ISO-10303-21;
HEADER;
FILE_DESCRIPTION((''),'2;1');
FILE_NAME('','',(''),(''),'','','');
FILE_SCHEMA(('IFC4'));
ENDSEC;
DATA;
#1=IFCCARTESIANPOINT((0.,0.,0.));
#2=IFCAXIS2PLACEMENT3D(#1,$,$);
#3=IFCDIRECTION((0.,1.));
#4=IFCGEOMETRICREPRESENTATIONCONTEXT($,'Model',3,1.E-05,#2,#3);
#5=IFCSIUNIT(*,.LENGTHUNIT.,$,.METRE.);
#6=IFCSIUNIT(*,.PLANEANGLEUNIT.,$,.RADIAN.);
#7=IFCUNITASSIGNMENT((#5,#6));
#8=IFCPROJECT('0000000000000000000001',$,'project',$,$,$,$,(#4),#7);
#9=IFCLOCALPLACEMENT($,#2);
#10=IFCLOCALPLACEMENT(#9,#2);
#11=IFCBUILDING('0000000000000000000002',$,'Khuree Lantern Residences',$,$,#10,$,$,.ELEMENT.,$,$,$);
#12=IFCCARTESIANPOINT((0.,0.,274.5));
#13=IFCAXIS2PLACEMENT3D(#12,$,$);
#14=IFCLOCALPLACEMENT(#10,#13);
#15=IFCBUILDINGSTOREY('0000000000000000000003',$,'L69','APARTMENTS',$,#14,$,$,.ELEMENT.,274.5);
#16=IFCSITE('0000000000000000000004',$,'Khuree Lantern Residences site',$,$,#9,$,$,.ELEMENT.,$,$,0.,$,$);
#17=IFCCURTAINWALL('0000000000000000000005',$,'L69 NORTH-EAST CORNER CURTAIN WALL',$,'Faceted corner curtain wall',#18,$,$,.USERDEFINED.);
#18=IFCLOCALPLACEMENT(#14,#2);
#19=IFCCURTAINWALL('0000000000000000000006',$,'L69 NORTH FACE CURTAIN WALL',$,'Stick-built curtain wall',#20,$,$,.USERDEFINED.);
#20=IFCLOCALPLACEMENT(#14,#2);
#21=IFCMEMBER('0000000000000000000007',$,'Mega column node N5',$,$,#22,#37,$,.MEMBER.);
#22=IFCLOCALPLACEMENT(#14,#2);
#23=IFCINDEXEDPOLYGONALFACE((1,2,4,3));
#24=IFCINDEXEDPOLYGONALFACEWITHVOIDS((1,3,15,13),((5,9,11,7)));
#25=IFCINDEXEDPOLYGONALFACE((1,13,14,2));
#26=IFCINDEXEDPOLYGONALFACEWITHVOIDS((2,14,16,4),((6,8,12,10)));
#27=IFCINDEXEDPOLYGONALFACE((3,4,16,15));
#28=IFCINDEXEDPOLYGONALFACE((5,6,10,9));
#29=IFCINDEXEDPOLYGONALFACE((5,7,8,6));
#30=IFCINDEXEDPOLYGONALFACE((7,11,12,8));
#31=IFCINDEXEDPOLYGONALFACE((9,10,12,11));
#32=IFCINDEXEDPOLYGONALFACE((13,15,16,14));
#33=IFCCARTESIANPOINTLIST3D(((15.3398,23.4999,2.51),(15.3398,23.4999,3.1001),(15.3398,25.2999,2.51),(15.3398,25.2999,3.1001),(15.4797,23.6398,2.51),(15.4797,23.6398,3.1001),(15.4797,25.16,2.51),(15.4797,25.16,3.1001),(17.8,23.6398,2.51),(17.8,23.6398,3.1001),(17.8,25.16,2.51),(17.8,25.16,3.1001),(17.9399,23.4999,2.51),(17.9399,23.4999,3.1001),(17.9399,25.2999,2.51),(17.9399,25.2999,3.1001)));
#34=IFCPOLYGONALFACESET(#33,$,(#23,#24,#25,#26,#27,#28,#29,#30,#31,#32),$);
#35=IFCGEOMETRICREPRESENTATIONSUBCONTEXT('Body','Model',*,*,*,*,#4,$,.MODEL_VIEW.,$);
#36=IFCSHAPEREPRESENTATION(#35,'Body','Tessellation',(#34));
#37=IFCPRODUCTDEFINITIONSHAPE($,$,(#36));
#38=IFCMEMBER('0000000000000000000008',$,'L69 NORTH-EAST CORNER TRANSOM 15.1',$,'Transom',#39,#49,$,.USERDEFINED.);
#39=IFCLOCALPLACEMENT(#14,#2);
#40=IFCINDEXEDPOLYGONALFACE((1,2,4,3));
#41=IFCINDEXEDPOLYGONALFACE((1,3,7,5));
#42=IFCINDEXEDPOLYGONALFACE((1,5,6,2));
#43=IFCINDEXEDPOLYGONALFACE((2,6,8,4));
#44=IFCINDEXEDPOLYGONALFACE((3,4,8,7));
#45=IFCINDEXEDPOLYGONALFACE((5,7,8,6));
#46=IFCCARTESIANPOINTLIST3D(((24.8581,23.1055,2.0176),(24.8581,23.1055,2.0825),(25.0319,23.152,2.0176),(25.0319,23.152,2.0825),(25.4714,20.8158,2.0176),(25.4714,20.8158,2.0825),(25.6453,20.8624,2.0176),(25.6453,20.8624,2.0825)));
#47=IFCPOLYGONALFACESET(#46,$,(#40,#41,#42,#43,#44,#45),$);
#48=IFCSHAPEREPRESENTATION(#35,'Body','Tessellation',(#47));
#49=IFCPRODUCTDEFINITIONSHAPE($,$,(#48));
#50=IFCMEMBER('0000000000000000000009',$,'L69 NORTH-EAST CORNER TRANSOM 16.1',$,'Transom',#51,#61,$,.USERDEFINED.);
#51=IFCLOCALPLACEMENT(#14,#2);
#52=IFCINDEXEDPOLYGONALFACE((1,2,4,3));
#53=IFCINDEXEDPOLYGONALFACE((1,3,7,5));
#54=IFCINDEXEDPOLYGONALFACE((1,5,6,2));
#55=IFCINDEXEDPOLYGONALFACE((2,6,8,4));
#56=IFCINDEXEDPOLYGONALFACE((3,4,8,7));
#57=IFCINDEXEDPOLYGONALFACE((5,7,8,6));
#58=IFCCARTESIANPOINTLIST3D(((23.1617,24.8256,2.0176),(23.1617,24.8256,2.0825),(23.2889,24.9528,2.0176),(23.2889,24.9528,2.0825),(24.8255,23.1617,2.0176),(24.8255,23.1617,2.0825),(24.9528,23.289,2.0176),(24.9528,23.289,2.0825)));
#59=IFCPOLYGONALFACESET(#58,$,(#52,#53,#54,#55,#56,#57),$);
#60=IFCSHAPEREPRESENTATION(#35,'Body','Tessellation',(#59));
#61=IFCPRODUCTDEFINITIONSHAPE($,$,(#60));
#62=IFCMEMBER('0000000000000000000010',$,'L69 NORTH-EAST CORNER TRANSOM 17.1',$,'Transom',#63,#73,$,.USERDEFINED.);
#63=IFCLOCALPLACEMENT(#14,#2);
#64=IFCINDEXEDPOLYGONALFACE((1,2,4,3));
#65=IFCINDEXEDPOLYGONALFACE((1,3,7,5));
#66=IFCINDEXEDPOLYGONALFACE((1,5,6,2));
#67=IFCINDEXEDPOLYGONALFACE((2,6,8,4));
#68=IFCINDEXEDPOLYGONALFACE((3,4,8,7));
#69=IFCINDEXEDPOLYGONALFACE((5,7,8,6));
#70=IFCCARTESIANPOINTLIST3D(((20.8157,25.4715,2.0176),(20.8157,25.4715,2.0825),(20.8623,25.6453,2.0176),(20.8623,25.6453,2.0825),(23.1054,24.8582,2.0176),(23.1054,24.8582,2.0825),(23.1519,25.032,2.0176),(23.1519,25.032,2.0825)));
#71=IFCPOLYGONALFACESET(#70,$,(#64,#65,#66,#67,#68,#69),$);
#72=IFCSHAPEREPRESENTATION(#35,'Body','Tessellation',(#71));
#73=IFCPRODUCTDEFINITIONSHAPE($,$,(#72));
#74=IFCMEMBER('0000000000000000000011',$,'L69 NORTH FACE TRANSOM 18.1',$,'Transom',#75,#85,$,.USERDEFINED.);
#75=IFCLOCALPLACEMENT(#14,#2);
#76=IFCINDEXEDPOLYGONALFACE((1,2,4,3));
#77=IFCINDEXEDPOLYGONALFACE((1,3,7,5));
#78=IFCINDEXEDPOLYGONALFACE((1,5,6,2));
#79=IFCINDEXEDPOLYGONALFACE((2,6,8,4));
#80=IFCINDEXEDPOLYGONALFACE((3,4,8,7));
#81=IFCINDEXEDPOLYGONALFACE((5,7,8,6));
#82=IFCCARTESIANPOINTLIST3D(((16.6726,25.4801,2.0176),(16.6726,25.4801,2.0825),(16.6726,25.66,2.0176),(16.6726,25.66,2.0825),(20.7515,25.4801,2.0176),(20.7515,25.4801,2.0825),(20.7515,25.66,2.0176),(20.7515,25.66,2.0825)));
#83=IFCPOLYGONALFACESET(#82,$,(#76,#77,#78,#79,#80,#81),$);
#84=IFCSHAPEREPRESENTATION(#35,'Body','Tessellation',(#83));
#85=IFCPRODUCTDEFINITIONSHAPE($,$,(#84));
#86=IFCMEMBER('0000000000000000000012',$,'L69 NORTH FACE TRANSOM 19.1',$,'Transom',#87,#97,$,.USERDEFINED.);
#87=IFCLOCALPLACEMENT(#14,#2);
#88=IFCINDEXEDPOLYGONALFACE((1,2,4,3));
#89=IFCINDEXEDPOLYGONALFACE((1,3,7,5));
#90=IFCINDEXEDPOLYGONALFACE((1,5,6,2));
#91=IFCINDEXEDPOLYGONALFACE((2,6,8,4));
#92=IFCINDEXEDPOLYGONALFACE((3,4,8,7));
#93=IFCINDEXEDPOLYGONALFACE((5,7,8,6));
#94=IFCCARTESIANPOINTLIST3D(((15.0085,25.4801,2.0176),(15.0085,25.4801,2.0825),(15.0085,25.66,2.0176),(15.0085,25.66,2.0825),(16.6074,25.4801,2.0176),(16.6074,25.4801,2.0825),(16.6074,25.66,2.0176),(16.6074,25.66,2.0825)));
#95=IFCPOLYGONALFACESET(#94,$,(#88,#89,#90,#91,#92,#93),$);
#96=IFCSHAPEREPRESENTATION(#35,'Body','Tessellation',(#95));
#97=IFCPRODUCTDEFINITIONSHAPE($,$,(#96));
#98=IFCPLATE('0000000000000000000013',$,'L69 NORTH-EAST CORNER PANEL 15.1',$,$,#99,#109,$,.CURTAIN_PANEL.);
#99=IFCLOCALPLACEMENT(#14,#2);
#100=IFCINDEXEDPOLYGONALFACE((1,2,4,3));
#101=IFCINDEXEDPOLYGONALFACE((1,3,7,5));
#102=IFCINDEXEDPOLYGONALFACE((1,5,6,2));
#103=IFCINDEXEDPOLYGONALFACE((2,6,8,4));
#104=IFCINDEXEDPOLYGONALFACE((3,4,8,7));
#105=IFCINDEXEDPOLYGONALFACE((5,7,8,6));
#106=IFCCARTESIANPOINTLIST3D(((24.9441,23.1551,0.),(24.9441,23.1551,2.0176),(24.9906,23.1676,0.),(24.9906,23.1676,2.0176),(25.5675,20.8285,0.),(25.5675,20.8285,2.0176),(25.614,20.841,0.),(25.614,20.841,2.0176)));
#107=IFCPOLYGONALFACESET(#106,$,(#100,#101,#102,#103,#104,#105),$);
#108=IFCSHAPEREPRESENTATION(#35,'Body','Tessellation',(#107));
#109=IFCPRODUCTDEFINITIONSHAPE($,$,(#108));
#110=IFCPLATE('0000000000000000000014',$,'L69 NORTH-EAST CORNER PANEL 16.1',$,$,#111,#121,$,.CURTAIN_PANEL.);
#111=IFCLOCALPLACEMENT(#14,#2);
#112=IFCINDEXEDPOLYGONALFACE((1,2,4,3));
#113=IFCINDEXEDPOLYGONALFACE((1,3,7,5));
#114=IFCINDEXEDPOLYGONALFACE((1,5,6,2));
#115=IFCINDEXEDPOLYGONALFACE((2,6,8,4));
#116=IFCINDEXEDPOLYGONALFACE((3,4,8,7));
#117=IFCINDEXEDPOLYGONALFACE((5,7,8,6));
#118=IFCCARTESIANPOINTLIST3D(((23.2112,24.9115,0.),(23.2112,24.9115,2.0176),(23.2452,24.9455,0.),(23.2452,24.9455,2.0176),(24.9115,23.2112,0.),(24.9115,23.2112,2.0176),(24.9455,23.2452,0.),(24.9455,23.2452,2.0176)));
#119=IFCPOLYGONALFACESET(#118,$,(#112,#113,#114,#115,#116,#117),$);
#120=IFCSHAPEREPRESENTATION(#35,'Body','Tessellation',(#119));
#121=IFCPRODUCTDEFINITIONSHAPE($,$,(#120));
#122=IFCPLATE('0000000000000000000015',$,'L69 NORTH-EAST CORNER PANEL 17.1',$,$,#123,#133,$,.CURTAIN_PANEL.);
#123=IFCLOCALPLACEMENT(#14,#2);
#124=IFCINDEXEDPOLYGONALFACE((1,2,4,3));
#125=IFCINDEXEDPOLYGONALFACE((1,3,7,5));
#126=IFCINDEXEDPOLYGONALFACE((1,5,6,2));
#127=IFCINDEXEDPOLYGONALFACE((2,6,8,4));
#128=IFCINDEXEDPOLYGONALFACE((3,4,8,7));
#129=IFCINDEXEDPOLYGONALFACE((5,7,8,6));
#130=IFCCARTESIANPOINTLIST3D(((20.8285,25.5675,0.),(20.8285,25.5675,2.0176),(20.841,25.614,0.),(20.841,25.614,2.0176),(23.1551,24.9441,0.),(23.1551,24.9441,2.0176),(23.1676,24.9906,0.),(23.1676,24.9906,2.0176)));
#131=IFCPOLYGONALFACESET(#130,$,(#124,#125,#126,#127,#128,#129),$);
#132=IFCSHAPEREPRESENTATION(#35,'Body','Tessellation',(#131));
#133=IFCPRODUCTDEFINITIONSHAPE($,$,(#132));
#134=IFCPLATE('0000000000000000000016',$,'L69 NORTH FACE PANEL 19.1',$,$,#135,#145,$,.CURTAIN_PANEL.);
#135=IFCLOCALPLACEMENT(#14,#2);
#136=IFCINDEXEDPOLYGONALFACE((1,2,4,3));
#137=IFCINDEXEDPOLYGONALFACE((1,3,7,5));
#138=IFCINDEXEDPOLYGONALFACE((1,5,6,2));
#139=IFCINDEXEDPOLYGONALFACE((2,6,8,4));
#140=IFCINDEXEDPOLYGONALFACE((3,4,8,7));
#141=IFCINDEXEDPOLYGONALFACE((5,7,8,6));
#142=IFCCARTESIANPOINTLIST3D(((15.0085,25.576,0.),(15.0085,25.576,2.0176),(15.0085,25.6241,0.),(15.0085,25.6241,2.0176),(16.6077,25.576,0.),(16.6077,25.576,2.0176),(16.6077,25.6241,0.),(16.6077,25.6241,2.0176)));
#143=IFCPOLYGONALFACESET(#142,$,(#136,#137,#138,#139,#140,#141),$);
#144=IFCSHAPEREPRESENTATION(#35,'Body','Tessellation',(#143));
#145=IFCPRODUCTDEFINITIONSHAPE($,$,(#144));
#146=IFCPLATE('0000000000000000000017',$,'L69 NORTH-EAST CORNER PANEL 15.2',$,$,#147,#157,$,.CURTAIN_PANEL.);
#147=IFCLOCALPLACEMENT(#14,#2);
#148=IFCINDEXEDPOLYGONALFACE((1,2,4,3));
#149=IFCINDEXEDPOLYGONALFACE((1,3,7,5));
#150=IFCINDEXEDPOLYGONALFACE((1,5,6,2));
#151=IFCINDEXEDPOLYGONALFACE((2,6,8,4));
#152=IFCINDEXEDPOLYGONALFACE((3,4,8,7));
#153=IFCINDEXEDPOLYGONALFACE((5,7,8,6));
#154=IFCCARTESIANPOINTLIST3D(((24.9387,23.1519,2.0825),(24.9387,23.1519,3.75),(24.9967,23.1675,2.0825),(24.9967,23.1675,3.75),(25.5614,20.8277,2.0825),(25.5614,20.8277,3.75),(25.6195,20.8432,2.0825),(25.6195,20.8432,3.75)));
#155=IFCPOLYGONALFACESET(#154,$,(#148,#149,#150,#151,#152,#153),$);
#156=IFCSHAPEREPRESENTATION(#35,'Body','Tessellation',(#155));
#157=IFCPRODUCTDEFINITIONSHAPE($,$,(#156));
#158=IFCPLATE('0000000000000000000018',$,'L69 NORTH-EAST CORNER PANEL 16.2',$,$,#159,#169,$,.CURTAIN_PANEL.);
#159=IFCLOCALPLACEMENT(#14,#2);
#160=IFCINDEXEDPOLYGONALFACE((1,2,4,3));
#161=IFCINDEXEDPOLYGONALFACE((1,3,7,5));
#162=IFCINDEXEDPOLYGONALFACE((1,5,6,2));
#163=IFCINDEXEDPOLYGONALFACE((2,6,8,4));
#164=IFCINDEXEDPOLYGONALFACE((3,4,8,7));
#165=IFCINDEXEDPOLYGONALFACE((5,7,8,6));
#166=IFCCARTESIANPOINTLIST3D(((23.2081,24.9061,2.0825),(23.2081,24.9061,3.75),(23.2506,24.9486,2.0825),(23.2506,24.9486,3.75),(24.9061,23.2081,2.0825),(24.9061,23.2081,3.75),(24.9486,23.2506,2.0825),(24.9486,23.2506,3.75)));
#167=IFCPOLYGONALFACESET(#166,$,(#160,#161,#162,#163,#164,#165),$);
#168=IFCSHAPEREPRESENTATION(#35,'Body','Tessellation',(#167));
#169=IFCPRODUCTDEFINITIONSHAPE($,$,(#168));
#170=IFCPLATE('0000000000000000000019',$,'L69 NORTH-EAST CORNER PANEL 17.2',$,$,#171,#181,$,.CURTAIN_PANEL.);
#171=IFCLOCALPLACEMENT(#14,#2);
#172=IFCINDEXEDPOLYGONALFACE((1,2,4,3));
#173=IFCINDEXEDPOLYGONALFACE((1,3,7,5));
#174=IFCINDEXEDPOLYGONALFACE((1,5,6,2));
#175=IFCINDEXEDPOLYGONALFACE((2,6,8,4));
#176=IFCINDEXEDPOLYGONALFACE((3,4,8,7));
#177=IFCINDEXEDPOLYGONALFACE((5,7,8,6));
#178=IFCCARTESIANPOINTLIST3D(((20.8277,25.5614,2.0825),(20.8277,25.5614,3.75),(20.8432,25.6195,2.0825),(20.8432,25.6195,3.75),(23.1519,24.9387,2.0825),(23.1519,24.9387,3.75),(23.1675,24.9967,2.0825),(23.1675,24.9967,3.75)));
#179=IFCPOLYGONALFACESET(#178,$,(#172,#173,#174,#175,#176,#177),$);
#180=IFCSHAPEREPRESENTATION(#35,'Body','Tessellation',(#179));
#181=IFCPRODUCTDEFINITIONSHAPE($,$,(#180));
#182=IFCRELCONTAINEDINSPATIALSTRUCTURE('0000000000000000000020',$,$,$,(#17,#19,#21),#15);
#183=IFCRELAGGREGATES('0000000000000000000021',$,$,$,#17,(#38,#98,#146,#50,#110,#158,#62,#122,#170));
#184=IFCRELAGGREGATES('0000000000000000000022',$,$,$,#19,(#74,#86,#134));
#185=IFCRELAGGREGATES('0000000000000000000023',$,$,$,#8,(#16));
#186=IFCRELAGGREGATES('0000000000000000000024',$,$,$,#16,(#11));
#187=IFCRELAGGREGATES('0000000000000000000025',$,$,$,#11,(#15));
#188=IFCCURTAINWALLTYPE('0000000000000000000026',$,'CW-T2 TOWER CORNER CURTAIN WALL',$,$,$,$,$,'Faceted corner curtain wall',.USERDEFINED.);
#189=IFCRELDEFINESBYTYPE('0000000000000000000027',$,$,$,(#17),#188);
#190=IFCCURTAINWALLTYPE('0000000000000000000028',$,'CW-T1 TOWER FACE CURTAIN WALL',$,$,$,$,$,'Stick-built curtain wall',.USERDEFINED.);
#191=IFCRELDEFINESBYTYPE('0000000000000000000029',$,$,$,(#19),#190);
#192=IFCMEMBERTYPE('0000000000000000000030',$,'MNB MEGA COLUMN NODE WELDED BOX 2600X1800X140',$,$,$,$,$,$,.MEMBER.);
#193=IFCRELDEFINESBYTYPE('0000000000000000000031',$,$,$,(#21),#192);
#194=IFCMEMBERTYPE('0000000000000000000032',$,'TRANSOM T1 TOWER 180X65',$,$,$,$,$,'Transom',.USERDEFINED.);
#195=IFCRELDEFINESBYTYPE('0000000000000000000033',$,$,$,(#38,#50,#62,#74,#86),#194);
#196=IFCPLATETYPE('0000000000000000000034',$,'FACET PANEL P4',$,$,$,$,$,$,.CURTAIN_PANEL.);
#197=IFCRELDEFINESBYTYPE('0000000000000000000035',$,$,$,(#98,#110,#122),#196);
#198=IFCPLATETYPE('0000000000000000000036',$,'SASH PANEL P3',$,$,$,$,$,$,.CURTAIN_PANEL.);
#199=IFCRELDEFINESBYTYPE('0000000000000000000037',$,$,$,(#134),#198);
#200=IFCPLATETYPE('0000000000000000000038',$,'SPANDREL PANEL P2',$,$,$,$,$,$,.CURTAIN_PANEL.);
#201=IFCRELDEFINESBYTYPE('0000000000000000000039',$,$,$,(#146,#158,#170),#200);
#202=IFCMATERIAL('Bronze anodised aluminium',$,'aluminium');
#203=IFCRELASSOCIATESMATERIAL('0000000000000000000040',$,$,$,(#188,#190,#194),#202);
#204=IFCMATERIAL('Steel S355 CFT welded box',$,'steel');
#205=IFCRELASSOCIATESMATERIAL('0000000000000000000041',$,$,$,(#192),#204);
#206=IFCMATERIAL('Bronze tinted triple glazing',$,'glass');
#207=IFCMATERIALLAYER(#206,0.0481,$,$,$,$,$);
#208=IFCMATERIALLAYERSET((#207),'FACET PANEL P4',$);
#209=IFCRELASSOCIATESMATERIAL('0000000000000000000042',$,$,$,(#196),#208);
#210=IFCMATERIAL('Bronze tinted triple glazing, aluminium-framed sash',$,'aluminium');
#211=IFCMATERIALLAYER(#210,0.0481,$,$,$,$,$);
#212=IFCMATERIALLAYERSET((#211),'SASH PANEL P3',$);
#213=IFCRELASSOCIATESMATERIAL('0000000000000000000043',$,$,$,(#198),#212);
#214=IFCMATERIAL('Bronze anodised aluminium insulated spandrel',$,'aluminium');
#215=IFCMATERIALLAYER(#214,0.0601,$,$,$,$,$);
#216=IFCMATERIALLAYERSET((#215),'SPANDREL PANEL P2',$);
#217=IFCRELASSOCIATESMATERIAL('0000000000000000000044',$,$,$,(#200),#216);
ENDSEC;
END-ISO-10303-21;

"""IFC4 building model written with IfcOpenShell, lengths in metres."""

from ifc_helpers import new_model, si_unit, direction, frame, origin, origin_2d, place, context, subcontext, project, spatial, rectangle, hollow_rectangle, extrude, material, layer, layer_set, material_profile, profile_set, type_object, element, aggregate, save


model = new_model("IFC4")

# Units and contexts
model_context = context("Model", 3, precision=1e-05, world=origin(), true_north=direction((0.0, 1.0)))
body_context = subcontext(model_context, "Body", "Model", "MODEL_VIEW")
ifc_project = project(units=[si_unit("LENGTHUNIT", "METRE"), si_unit("PLANEANGLEUNIT", "RADIAN")], contexts=[model_context])

# Site, building, storey
site_placement = place(None, origin())
site = spatial("IfcSite", under=ifc_project, at=site_placement, Name="Khuree Lantern Residences site", CompositionType="ELEMENT", RefElevation=0.0)
building_placement = place(site_placement, origin())
building = spatial("IfcBuilding", under=site, at=building_placement, Name="Khuree Lantern Residences", CompositionType="ELEMENT")
storey_placement = place(building_placement, frame((0.0, 0.0, 274.5)))
storey = spatial("IfcBuildingStorey", under=building, at=storey_placement, Name="L69", Description="APARTMENTS", CompositionType="ELEMENT", Elevation=274.5)

# Shared definitions
ifc_material_1 = material(Name="Steel S355 CFT welded box", Category="steel")

# Curtain walls
ifc_material_2 = material(Name="Bronze anodised aluminium", Category="aluminium")
curtain_wall_type_1 = type_object("IfcCurtainWallType", Name="CW-T2 TOWER CORNER CURTAIN WALL", ElementType="Faceted corner curtain wall", PredefinedType="USERDEFINED", material=ifc_material_2)
curtain_wall_1_placement = place(storey_placement, origin())
curtain_wall_1 = element("IfcCurtainWall", 1, at=curtain_wall_1_placement, inside=storey, type_object=curtain_wall_type_1, Name="L69 NORTH-EAST CORNER CURTAIN WALL", ObjectType="Faceted corner curtain wall", PredefinedType="USERDEFINED")
curtain_wall_type_2 = type_object("IfcCurtainWallType", Name="CW-T1 TOWER FACE CURTAIN WALL", ElementType="Stick-built curtain wall", PredefinedType="USERDEFINED", material=ifc_material_2)
curtain_wall_2_placement = place(storey_placement, origin())
curtain_wall_2 = element("IfcCurtainWall", 2, at=curtain_wall_2_placement, inside=storey, type_object=curtain_wall_type_2, Name="L69 NORTH FACE CURTAIN WALL", ObjectType="Stick-built curtain wall", PredefinedType="USERDEFINED")

# Member
ifc_material_profile_1 = material_profile(ifc_material_1, hollow_rectangle(XDim=2.6001, YDim=1.8, WallThickness=0.1399, at=origin_2d()), Name="WELDED BOX 2600X1800X140")
ifc_profile_set_1 = profile_set([ifc_material_profile_1], Name="Steel S355 CFT welded box")
member_type_1 = type_object("IfcMemberType", Name="MNB MEGA COLUMN NODE WELDED BOX 2600X1800X140", PredefinedType="MEMBER", material=ifc_profile_set_1)
member_1_placement = place(storey_placement, frame((16.6399, 24.3999, 2.51), z_axis=(0.0, 0.0, 1.0), x_axis=(1.0, 0.0, 0.0)))
element("IfcMember", 3, at=member_1_placement, inside=storey, type_object=member_type_1, Name="Mega column node N5", PredefinedType="MEMBER", context=body_context, shape_type="SweptSolid", body=[
    extrude(hollow_rectangle(XDim=2.6001, YDim=1.8, WallThickness=0.1399, at=origin_2d()), origin(), (0.0, 0.0, 1.0), 0.5901),
])

# Members
ifc_material_profile_2 = material_profile(ifc_material_2, rectangle(XDim=0.1799, YDim=0.0649, at=origin_2d()), Name="T1 180X65")
ifc_profile_set_2 = profile_set([ifc_material_profile_2], Name="Bronze anodised aluminium")
member_type_2 = type_object("IfcMemberType", Name="TRANSOM T1 TOWER 180X65", ElementType="Transom", PredefinedType="USERDEFINED", material=ifc_profile_set_2)
member_2_placement = place(storey_placement, frame((25.5583, 20.8391, 2.05), z_axis=(-0.25874, 0.965947, 0.0), x_axis=(-0.965947, -0.25874, 0.0)))
member_2 = element("IfcMember", 4, at=member_2_placement, type_object=member_type_2, Name="L69 NORTH-EAST CORNER TRANSOM 15.1", ObjectType="Transom", PredefinedType="USERDEFINED", context=body_context, shape_type="SweptSolid", body=[
    extrude(rectangle(XDim=0.1799, YDim=0.0649, at=origin_2d()), origin(), (0.0, 0.0, 1.0), 2.3704),
])
member_3_placement = place(storey_placement, frame((24.8892, 23.2253, 2.05), z_axis=(-0.707107, 0.707107, 0.0), x_axis=(-0.707107, -0.707107, 0.0)))
member_3 = element("IfcMember", 5, at=member_3_placement, type_object=member_type_2, Name="L69 NORTH-EAST CORNER TRANSOM 16.1", ObjectType="Transom", PredefinedType="USERDEFINED", context=body_context, shape_type="SweptSolid", body=[
    extrude(rectangle(XDim=0.1799, YDim=0.0649, at=origin_2d()), origin(), (0.0, 0.0, 1.0), 2.353),
])
member_4_placement = place(storey_placement, frame((23.1287, 24.9451, 2.05), z_axis=(-0.965947, 0.25874, 0.0), x_axis=(-0.25874, -0.965947, 0.0)))
member_4 = element("IfcMember", 6, at=member_4_placement, type_object=member_type_2, Name="L69 NORTH-EAST CORNER TRANSOM 17.1", ObjectType="Transom", PredefinedType="USERDEFINED", context=body_context, shape_type="SweptSolid", body=[
    extrude(rectangle(XDim=0.1799, YDim=0.0649, at=origin_2d()), origin(), (0.0, 0.0, 1.0), 2.3704),
])
member_5_placement = place(storey_placement, frame((20.7515, 25.5701, 2.05), z_axis=(-1.0, 0.0, 0.0), x_axis=(0.0, -1.0, 0.0)))
member_5 = element("IfcMember", 7, at=member_5_placement, type_object=member_type_2, Name="L69 NORTH FACE TRANSOM 18.1", ObjectType="Transom", PredefinedType="USERDEFINED", context=body_context, shape_type="SweptSolid", body=[
    extrude(rectangle(XDim=0.1799, YDim=0.0649, at=origin_2d()), origin(), (0.0, 0.0, 1.0), 4.0789),
])
member_6_placement = place(storey_placement, frame((16.6074, 25.5701, 2.05), z_axis=(-1.0, 0.0, 0.0), x_axis=(0.0, -1.0, 0.0)))
member_6 = element("IfcMember", 8, at=member_6_placement, type_object=member_type_2, Name="L69 NORTH FACE TRANSOM 19.1", ObjectType="Transom", PredefinedType="USERDEFINED", context=body_context, shape_type="SweptSolid", body=[
    extrude(rectangle(XDim=0.1799, YDim=0.0649, at=origin_2d()), origin(), (0.0, 0.0, 1.0), 1.5989),
])

# Plates
ifc_material_3 = material(Name="Bronze tinted triple glazing", Category="glass")
ifc_layer_1 = layer(ifc_material_3, 0.0481)
ifc_layer_set_1 = layer_set([ifc_layer_1], Name="FACET PANEL P4")
plate_type_1 = type_object("IfcPlateType", Name="FACET PANEL P4", PredefinedType="CURTAIN_PANEL", material=ifc_layer_set_1)
plate_1_placement = place(storey_placement, frame((25.2791, 21.998, 0.0), z_axis=(0.0, 0.0, 1.0), x_axis=(-0.258819, 0.965926, 0.0)))
plate_1 = element("IfcPlate", 9, at=plate_1_placement, type_object=plate_type_1, Name="L69 NORTH-EAST CORNER PANEL 15.1", PredefinedType="CURTAIN_PANEL", context=body_context, shape_type="SweptSolid", body=[
    extrude(rectangle(XDim=2.4087, YDim=0.0481, at=origin_2d()), origin(), (0.0, 0.0, 1.0), 2.0176),
])
plate_2_placement = place(storey_placement, frame((24.0784, 24.0784, 0.0), z_axis=(0.0, 0.0, 1.0), x_axis=(-0.707107, 0.707107, 0.0)))
plate_2 = element("IfcPlate", 10, at=plate_2_placement, type_object=plate_type_1, Name="L69 NORTH-EAST CORNER PANEL 16.1", PredefinedType="CURTAIN_PANEL", context=body_context, shape_type="SweptSolid", body=[
    extrude(rectangle(XDim=2.4045, YDim=0.0481, at=origin_2d()), origin(), (0.0, 0.0, 1.0), 2.0176),
])
plate_3_placement = place(storey_placement, frame((21.998, 25.2791, 0.0), z_axis=(0.0, 0.0, 1.0), x_axis=(-0.965926, 0.258819, 0.0)))
plate_3 = element("IfcPlate", 11, at=plate_3_placement, type_object=plate_type_1, Name="L69 NORTH-EAST CORNER PANEL 17.1", PredefinedType="CURTAIN_PANEL", context=body_context, shape_type="SweptSolid", body=[
    extrude(rectangle(XDim=2.4087, YDim=0.0481, at=origin_2d()), origin(), (0.0, 0.0, 1.0), 2.0176),
])
ifc_material_4 = material(Name="Bronze tinted triple glazing, aluminium-framed sash", Category="aluminium")
ifc_layer_2 = layer(ifc_material_4, 0.0481)
ifc_layer_set_2 = layer_set([ifc_layer_2], Name="SASH PANEL P3")
plate_type_2 = type_object("IfcPlateType", Name="SASH PANEL P3", PredefinedType="CURTAIN_PANEL", material=ifc_layer_set_2)
plate_4_placement = place(storey_placement, frame((15.8081, 25.6001, 0.0), z_axis=(0.0, 0.0, 1.0), x_axis=(-1.0, 0.0, 0.0)))
plate_4 = element("IfcPlate", 12, at=plate_4_placement, type_object=plate_type_2, Name="L69 NORTH FACE PANEL 19.1", PredefinedType="CURTAIN_PANEL", context=body_context, shape_type="SweptSolid", body=[
    extrude(rectangle(XDim=1.5991, YDim=0.0481, at=origin_2d()), origin(), (0.0, 0.0, 1.0), 2.0176),
])
ifc_material_5 = material(Name="Bronze anodised aluminium insulated spandrel", Category="aluminium")
ifc_layer_3 = layer(ifc_material_5, 0.0601)
ifc_layer_set_3 = layer_set([ifc_layer_3], Name="SPANDREL PANEL P2")
plate_type_3 = type_object("IfcPlateType", Name="SPANDREL PANEL P2", PredefinedType="CURTAIN_PANEL", material=ifc_layer_set_3)
plate_5_placement = place(storey_placement, frame((25.2791, 21.9976, 2.0825), z_axis=(0.0, 0.0, 1.0), x_axis=(-0.258819, 0.965926, 0.0)))
plate_5 = element("IfcPlate", 13, at=plate_5_placement, type_object=plate_type_3, Name="L69 NORTH-EAST CORNER PANEL 15.2", PredefinedType="CURTAIN_PANEL", context=body_context, shape_type="SweptSolid", body=[
    extrude(rectangle(XDim=2.4062, YDim=0.0601, at=origin_2d()), origin(), (0.0, 0.0, 1.0), 1.6675),
])
plate_6_placement = place(storey_placement, frame((24.0784, 24.0784, 2.0825), z_axis=(0.0, 0.0, 1.0), x_axis=(-0.707107, 0.707107, 0.0)))
plate_6 = element("IfcPlate", 14, at=plate_6_placement, type_object=plate_type_3, Name="L69 NORTH-EAST CORNER PANEL 16.2", PredefinedType="CURTAIN_PANEL", context=body_context, shape_type="SweptSolid", body=[
    extrude(rectangle(XDim=2.4014, YDim=0.0601, at=origin_2d()), origin(), (0.0, 0.0, 1.0), 1.6675),
])
plate_7_placement = place(storey_placement, frame((21.9976, 25.2791, 2.0825), z_axis=(0.0, 0.0, 1.0), x_axis=(-0.965926, 0.258819, 0.0)))
plate_7 = element("IfcPlate", 15, at=plate_7_placement, type_object=plate_type_3, Name="L69 NORTH-EAST CORNER PANEL 17.2", PredefinedType="CURTAIN_PANEL", context=body_context, shape_type="SweptSolid", body=[
    extrude(rectangle(XDim=2.4062, YDim=0.0601, at=origin_2d()), origin(), (0.0, 0.0, 1.0), 1.6675),
])
aggregate(curtain_wall_1, [member_2, plate_1, plate_5, member_3, plate_2, plate_6, member_4, plate_3, plate_7])
aggregate(curtain_wall_2, [member_5, member_6, plate_4])

save(model, "model.ifc")
